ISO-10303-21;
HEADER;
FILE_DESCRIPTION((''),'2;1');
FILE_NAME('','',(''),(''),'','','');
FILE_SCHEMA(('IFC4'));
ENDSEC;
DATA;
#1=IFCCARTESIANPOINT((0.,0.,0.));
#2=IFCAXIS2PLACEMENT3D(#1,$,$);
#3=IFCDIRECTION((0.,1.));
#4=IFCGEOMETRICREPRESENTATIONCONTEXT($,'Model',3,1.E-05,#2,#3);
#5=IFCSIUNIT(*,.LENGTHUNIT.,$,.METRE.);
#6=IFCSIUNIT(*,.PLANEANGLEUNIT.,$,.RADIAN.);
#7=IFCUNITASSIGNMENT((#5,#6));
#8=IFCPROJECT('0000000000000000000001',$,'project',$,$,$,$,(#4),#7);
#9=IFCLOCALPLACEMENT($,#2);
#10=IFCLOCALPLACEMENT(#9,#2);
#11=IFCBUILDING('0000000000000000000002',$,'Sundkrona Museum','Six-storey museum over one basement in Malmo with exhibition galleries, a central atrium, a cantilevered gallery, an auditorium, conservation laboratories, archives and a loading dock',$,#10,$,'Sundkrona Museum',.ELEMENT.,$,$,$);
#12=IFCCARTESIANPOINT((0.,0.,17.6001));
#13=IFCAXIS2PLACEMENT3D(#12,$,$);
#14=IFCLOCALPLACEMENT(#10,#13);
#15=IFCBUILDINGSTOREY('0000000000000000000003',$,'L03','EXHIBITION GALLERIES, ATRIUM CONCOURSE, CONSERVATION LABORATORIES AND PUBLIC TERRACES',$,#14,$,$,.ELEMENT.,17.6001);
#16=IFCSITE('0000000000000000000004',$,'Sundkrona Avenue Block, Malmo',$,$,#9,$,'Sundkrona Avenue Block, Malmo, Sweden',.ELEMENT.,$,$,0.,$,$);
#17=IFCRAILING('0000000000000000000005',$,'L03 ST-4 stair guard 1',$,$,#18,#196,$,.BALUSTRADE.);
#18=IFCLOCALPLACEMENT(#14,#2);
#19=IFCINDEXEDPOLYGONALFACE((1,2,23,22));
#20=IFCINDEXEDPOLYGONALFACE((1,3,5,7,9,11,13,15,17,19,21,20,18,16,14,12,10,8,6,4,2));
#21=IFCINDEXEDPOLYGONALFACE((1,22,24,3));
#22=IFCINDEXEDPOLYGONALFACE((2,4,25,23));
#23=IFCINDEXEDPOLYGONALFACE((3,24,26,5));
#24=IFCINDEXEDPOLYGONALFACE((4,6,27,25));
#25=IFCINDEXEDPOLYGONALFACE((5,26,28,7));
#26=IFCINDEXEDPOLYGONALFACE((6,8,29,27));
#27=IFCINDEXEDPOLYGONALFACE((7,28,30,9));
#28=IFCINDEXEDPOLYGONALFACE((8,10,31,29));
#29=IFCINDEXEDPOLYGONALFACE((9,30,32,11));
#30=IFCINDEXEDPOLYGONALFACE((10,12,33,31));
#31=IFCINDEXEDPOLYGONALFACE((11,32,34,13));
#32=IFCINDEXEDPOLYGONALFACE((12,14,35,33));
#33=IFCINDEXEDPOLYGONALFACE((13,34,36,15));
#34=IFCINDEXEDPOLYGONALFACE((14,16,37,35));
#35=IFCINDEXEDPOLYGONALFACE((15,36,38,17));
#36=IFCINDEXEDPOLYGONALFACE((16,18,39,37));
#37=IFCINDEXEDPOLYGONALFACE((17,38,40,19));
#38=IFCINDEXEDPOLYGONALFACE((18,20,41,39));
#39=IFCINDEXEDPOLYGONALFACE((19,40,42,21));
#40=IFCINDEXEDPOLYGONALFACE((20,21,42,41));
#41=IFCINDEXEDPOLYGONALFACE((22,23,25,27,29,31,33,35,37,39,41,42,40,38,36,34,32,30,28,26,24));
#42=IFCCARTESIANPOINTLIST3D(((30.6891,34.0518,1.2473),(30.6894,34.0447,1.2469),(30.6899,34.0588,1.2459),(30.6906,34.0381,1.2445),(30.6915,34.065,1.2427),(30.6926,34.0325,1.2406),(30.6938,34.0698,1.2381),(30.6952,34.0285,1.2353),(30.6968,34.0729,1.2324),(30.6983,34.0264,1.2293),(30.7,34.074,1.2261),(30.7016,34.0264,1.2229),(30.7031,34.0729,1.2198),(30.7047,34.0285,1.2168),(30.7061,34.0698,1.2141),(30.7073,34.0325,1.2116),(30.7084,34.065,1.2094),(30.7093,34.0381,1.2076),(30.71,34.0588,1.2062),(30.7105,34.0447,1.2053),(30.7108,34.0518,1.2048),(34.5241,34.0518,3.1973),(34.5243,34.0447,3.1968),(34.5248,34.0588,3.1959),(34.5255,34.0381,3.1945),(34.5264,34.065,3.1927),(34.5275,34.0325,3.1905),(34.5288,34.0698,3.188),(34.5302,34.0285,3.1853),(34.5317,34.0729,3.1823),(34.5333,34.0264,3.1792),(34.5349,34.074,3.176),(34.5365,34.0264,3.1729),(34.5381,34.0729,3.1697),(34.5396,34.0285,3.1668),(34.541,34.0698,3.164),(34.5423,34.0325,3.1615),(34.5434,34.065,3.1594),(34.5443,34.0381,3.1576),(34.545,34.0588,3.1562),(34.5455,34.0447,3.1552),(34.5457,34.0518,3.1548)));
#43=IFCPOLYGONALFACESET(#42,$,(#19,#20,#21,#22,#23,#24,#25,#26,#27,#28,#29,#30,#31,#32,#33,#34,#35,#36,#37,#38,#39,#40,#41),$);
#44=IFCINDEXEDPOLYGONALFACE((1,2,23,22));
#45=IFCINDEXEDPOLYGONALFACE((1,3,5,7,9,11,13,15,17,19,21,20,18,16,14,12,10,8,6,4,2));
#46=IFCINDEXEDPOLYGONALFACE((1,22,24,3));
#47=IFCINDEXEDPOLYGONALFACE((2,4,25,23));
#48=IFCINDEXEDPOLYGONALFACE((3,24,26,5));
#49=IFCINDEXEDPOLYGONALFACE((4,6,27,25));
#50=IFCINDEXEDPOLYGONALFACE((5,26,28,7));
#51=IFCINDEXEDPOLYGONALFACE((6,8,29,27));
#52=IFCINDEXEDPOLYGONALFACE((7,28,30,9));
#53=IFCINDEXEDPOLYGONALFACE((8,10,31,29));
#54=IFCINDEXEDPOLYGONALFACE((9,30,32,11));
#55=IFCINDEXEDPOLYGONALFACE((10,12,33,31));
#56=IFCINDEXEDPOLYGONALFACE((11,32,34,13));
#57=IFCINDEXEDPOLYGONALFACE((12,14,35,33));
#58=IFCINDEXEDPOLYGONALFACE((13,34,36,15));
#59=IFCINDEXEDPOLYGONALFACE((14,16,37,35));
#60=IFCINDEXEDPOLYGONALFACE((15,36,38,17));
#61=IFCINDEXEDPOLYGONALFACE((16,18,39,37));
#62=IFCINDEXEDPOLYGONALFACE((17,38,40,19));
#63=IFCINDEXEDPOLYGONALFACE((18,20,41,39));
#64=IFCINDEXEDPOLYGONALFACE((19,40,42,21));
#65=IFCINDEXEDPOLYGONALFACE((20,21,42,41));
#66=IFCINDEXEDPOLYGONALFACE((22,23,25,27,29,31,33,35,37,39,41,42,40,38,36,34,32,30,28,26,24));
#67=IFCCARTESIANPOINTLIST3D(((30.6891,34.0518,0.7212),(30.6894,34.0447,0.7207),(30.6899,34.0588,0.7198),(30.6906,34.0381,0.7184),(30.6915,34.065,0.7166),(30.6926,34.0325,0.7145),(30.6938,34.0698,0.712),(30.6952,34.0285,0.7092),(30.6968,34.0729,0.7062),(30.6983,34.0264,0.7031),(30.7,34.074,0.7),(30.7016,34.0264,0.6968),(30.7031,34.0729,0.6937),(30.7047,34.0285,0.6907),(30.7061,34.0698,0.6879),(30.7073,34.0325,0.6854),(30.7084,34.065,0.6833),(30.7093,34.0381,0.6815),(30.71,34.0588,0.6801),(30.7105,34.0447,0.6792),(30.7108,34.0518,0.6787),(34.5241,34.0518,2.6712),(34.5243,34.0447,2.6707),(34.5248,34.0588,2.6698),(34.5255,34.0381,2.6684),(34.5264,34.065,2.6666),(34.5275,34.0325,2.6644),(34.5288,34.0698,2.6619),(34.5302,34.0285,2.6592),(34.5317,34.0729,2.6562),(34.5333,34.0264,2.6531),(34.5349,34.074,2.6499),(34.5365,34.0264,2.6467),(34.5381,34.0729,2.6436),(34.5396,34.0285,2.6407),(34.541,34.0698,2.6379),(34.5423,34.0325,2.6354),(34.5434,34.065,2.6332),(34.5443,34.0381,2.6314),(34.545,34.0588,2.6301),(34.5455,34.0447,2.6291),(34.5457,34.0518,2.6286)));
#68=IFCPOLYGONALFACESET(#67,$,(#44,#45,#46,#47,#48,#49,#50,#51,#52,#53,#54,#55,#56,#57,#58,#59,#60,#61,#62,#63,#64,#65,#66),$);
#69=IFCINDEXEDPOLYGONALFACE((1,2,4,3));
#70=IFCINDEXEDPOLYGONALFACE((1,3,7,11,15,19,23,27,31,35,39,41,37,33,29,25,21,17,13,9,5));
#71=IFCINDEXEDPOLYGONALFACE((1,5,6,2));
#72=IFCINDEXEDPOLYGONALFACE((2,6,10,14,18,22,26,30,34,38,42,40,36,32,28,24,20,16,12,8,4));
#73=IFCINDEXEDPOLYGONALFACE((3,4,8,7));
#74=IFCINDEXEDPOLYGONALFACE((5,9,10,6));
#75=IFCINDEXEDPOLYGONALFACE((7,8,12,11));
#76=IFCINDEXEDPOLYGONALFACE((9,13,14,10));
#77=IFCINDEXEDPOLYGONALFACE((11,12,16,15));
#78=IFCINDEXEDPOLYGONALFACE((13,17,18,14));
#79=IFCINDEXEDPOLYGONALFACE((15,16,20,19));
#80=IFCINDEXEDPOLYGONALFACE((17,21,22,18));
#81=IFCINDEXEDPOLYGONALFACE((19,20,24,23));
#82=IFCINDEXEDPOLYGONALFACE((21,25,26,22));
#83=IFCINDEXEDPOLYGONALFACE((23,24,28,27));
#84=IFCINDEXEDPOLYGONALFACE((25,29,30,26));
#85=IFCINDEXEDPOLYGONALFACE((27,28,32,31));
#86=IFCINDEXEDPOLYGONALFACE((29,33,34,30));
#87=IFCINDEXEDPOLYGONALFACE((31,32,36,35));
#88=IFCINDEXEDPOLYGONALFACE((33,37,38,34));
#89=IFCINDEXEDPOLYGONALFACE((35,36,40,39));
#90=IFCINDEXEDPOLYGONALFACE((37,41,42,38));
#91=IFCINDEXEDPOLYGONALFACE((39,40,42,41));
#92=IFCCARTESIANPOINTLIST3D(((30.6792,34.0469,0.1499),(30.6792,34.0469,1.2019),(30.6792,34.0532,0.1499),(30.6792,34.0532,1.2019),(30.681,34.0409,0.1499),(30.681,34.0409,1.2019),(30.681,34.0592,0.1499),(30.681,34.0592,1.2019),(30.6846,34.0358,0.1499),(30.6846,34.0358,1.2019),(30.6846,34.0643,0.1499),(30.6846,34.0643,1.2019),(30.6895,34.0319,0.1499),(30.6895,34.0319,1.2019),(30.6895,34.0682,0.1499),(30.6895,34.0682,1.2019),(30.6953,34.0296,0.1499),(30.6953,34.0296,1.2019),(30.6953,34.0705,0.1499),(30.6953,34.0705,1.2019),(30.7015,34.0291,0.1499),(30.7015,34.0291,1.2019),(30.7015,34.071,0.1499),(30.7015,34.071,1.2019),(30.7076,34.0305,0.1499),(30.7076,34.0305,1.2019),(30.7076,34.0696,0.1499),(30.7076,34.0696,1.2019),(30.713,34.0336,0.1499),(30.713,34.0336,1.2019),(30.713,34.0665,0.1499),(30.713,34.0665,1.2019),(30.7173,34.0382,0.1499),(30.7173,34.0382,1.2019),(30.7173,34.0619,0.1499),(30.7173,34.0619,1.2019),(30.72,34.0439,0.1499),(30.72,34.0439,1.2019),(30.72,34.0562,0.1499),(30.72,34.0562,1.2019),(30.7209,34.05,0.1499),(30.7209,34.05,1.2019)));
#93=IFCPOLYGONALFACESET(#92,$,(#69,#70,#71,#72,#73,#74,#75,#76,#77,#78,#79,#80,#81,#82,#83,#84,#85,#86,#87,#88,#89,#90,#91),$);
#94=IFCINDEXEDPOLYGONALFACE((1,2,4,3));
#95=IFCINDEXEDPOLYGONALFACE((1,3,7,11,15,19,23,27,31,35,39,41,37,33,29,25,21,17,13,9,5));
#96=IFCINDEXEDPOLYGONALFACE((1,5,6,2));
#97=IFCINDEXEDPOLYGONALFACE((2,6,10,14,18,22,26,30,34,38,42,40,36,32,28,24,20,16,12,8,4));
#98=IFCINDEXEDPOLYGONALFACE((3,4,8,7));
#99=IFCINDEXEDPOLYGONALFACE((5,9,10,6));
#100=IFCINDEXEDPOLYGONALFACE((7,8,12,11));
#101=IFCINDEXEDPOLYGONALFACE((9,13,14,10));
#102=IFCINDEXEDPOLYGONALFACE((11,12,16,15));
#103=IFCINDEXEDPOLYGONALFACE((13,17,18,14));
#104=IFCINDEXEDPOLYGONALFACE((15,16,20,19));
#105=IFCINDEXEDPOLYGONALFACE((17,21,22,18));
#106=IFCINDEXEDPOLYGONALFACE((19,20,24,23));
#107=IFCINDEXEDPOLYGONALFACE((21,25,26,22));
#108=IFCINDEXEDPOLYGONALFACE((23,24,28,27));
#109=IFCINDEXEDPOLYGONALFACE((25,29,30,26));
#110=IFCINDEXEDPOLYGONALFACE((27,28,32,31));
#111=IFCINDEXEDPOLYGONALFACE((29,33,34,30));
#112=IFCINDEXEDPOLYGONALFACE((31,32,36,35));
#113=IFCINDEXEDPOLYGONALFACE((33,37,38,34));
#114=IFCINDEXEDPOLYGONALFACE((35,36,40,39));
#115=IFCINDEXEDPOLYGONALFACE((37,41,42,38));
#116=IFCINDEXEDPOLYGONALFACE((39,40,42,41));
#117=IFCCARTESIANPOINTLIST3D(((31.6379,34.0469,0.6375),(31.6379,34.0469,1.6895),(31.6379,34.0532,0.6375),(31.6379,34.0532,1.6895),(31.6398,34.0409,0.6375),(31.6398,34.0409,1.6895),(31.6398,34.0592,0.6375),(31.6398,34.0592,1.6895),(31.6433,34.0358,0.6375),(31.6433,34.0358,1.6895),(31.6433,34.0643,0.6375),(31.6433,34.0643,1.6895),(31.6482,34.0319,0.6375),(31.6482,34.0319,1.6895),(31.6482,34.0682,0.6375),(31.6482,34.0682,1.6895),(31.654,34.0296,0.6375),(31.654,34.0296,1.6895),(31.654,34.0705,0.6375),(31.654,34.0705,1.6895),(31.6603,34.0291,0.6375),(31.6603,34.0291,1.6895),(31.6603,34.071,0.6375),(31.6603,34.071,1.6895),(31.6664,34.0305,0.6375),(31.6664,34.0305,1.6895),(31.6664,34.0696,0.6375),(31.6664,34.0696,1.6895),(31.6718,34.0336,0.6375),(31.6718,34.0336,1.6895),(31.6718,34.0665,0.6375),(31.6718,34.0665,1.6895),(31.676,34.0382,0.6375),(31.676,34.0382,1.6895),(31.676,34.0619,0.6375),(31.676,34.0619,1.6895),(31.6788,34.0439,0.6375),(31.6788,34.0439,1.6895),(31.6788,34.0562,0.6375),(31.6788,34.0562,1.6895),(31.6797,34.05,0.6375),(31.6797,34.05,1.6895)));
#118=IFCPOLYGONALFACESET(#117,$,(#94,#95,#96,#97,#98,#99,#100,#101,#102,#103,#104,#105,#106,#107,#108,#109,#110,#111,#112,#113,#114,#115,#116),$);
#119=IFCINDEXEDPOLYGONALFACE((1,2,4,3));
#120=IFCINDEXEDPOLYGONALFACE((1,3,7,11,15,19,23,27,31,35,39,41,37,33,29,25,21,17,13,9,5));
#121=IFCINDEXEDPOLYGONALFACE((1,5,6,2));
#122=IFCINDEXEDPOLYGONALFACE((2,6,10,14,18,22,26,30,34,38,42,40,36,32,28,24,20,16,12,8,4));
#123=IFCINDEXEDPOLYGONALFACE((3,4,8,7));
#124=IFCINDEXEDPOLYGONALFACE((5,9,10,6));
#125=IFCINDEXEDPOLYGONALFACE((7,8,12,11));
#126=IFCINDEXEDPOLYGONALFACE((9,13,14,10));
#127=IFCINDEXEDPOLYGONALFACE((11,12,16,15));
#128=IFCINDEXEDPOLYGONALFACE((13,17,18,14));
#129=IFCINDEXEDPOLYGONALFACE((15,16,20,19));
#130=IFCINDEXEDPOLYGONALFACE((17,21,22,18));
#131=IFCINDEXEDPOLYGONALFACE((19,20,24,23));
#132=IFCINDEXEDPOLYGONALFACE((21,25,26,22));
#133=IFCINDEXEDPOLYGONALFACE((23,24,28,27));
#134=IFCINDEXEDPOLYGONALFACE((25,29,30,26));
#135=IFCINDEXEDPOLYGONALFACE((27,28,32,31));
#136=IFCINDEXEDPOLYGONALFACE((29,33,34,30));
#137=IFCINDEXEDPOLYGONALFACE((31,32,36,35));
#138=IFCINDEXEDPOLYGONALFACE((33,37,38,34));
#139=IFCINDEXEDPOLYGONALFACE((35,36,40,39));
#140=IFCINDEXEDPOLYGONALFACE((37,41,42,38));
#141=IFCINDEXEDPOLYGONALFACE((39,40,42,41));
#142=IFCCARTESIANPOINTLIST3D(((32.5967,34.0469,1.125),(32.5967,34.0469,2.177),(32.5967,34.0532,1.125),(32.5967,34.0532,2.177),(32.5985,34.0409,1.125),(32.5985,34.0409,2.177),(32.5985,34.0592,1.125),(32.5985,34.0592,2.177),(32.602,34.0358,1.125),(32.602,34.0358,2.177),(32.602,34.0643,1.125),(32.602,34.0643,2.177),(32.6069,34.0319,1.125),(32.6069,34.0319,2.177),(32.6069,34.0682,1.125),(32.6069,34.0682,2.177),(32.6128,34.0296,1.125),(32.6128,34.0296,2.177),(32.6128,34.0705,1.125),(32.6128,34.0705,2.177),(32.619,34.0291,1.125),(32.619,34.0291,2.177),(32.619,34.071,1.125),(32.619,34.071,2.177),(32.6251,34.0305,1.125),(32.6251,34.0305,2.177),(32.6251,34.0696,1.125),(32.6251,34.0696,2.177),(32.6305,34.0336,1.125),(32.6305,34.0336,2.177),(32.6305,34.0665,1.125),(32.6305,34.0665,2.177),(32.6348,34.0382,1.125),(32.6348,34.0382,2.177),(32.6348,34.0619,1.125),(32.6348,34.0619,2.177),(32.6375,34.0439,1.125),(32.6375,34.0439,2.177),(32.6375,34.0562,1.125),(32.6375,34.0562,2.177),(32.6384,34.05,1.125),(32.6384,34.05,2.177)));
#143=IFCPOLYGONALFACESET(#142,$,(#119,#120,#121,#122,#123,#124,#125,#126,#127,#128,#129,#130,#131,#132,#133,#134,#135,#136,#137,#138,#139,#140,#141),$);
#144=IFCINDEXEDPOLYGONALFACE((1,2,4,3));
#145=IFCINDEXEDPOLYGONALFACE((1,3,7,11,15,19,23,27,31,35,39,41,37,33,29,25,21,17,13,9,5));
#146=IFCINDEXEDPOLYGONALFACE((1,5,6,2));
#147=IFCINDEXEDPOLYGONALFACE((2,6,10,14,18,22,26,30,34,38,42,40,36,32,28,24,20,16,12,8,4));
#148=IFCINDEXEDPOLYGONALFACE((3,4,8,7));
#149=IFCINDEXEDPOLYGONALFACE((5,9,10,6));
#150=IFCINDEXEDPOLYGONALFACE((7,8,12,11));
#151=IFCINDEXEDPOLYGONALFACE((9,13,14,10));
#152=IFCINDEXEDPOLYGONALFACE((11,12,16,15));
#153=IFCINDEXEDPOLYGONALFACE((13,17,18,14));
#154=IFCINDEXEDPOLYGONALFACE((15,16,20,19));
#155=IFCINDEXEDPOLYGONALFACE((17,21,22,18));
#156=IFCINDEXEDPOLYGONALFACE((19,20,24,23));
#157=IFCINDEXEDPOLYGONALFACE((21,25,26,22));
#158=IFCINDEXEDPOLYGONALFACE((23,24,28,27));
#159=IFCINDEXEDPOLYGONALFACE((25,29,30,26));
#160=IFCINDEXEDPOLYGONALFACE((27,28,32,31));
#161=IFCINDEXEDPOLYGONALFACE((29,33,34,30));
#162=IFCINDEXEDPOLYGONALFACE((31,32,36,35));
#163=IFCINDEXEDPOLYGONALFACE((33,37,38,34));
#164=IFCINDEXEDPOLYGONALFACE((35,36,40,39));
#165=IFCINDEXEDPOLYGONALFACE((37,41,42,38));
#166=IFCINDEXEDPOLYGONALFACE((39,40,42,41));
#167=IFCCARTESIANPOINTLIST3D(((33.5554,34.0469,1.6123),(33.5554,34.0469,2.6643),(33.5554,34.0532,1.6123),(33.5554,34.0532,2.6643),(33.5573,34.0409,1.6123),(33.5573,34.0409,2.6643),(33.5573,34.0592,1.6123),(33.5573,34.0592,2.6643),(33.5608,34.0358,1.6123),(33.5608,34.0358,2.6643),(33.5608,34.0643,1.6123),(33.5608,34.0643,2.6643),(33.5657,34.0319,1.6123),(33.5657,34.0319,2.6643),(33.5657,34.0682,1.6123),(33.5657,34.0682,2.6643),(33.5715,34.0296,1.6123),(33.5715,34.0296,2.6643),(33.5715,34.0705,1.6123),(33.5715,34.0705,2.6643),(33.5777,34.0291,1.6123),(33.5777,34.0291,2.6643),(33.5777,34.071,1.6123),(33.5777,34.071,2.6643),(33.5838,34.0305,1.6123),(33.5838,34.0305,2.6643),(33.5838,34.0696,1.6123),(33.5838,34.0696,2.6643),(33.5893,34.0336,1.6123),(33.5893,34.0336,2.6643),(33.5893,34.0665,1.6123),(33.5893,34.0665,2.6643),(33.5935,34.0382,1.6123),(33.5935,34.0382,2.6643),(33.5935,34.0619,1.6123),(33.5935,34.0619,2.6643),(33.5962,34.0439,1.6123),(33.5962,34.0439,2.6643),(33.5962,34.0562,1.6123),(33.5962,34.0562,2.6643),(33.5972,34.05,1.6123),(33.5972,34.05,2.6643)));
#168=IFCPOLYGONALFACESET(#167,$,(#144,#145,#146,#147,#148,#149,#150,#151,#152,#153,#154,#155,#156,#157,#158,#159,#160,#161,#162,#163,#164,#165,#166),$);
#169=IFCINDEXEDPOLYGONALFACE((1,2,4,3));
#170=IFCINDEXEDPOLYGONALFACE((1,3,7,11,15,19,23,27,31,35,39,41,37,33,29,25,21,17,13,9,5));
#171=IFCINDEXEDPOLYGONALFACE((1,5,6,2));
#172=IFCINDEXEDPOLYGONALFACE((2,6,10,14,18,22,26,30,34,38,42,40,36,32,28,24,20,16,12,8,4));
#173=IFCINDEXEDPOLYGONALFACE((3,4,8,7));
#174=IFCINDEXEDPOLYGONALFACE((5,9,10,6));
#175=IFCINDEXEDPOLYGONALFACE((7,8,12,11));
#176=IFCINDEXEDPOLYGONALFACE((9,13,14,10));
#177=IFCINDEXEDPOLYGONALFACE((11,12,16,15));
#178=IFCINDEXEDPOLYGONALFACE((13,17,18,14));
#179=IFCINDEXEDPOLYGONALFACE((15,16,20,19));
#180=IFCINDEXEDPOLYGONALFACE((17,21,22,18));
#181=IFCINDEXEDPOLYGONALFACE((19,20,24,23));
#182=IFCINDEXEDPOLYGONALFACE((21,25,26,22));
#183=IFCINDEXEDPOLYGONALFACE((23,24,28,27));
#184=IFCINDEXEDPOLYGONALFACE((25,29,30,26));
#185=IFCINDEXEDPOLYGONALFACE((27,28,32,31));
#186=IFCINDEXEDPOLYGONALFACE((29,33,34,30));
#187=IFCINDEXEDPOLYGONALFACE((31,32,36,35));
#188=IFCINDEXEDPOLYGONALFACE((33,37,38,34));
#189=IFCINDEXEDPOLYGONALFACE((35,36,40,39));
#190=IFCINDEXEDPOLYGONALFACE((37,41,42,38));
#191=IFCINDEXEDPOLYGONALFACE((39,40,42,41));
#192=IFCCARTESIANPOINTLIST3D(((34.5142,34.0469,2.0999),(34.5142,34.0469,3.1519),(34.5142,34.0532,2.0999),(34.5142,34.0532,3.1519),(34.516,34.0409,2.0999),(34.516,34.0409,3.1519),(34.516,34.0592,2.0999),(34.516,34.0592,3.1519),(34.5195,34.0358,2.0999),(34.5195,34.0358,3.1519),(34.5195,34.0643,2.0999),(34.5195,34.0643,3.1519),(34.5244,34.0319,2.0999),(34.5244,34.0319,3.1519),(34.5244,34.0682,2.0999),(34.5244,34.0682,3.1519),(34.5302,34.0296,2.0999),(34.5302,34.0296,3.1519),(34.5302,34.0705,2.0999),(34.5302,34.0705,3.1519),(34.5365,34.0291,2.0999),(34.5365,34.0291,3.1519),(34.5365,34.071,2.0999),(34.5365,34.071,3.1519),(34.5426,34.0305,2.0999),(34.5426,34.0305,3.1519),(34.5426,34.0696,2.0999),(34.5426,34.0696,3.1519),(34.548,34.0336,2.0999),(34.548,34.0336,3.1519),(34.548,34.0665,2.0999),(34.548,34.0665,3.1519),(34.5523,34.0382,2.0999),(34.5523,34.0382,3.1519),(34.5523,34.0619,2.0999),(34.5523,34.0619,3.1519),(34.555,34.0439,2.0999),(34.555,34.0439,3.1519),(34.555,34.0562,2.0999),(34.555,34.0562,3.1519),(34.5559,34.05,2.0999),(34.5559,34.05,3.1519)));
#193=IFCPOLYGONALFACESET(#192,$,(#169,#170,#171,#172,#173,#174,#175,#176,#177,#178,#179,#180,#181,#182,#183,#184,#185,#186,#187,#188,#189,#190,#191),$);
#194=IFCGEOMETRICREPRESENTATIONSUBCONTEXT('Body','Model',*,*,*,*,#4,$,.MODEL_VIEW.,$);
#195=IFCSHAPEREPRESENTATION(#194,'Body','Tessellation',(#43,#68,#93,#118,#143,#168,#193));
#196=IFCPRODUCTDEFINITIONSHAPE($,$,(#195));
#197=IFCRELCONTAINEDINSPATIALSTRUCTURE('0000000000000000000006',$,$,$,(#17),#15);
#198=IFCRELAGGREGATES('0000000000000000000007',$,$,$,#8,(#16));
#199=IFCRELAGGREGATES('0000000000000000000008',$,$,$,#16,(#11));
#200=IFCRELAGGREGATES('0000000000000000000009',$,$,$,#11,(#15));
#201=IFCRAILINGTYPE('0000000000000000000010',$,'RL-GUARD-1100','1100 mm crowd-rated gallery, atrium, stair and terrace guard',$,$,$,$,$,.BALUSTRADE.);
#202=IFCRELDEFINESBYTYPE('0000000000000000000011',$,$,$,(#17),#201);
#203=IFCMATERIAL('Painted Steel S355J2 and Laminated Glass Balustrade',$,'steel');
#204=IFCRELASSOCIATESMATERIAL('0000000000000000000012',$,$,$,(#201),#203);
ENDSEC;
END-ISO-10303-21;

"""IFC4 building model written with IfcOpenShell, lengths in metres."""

from ifc_helpers import new_model, si_unit, direction, frame, origin, origin_2d, place, context, subcontext, project, spatial, circle, extrude, material, type_object, element, save


model = new_model("IFC4")

# Units and contexts
model_context = context("Model", 3, precision=1e-05, world=origin(), true_north=direction((0.0, 1.0)))
body_context = subcontext(model_context, "Body", "Model", "MODEL_VIEW")
ifc_project = project(units=[si_unit("LENGTHUNIT", "METRE"), si_unit("PLANEANGLEUNIT", "RADIAN")], contexts=[model_context])

# Site, building, storey
site_placement = place(None, origin())
site = spatial("IfcSite", under=ifc_project, at=site_placement, Name="Sundkrona Avenue Block, Malmo", LongName="Sundkrona Avenue Block, Malmo, Sweden", CompositionType="ELEMENT", RefElevation=0.0)
building_placement = place(site_placement, origin())
building = spatial("IfcBuilding", under=site, at=building_placement, Name="Sundkrona Museum", Description="Six-storey museum over one basement in Malmo with exhibition galleries, a central atrium, a cantilevered gallery, an auditorium, conservation laboratories, archives and a loading dock", LongName="Sundkrona Museum", CompositionType="ELEMENT")
storey_placement = place(building_placement, frame((0.0, 0.0, 17.6001)))
storey = spatial("IfcBuildingStorey", under=building, at=storey_placement, Name="L03", Description="EXHIBITION GALLERIES, ATRIUM CONCOURSE, CONSERVATION LABORATORIES AND PUBLIC TERRACES", CompositionType="ELEMENT", Elevation=17.6001)

# Railing
ifc_material_1 = material(Name="Painted Steel S355J2 and Laminated Glass Balustrade", Category="steel")
railing_type_1 = type_object("IfcRailingType", Name="RL-GUARD-1100", Description="1100 mm crowd-rated gallery, atrium, stair and terrace guard", PredefinedType="BALUSTRADE", material=ifc_material_1)
railing_1_placement = place(storey_placement, frame((30.7, 34.05, 0.1499)))
element("IfcRailing", 1, at=railing_1_placement, inside=storey, type_object=railing_type_1, Name="L03 ST-4 stair guard 1", PredefinedType="BALUSTRADE", context=body_context, shape_type="SweptSolid", body=[
    extrude(circle(Radius=0.0239, at=origin_2d()), frame((0.0, 0.0, 1.0762), z_axis=(0.891388, 0.0, 0.453241), x_axis=(0.0, 1.0, 0.0)), (0.0, 0.0, 1.0), 4.3022),
    extrude(circle(Radius=0.0239, at=origin_2d()), frame((0.0, 0.0, 0.55), z_axis=(0.891388, 0.0, 0.453241), x_axis=(0.0, 1.0, 0.0)), (0.0, 0.0, 1.0), 4.3022),
    extrude(circle(Radius=0.021, at=origin_2d()), origin(), (0.0, 0.0, 1.0), 1.052),
    extrude(circle(Radius=0.021, at=origin_2d()), frame((0.9587, 0.0, 0.4875)), (0.0, 0.0, 1.0), 1.052),
    extrude(circle(Radius=0.021, at=origin_2d()), frame((1.9175, 0.0, 0.9751)), (0.0, 0.0, 1.0), 1.052),
    extrude(circle(Radius=0.021, at=origin_2d()), frame((2.8762, 0.0, 1.4624)), (0.0, 0.0, 1.0), 1.052),
    extrude(circle(Radius=0.021, at=origin_2d()), frame((3.835, 0.0, 1.95)), (0.0, 0.0, 1.0), 1.052),
])

save(model, "model.ifc")
